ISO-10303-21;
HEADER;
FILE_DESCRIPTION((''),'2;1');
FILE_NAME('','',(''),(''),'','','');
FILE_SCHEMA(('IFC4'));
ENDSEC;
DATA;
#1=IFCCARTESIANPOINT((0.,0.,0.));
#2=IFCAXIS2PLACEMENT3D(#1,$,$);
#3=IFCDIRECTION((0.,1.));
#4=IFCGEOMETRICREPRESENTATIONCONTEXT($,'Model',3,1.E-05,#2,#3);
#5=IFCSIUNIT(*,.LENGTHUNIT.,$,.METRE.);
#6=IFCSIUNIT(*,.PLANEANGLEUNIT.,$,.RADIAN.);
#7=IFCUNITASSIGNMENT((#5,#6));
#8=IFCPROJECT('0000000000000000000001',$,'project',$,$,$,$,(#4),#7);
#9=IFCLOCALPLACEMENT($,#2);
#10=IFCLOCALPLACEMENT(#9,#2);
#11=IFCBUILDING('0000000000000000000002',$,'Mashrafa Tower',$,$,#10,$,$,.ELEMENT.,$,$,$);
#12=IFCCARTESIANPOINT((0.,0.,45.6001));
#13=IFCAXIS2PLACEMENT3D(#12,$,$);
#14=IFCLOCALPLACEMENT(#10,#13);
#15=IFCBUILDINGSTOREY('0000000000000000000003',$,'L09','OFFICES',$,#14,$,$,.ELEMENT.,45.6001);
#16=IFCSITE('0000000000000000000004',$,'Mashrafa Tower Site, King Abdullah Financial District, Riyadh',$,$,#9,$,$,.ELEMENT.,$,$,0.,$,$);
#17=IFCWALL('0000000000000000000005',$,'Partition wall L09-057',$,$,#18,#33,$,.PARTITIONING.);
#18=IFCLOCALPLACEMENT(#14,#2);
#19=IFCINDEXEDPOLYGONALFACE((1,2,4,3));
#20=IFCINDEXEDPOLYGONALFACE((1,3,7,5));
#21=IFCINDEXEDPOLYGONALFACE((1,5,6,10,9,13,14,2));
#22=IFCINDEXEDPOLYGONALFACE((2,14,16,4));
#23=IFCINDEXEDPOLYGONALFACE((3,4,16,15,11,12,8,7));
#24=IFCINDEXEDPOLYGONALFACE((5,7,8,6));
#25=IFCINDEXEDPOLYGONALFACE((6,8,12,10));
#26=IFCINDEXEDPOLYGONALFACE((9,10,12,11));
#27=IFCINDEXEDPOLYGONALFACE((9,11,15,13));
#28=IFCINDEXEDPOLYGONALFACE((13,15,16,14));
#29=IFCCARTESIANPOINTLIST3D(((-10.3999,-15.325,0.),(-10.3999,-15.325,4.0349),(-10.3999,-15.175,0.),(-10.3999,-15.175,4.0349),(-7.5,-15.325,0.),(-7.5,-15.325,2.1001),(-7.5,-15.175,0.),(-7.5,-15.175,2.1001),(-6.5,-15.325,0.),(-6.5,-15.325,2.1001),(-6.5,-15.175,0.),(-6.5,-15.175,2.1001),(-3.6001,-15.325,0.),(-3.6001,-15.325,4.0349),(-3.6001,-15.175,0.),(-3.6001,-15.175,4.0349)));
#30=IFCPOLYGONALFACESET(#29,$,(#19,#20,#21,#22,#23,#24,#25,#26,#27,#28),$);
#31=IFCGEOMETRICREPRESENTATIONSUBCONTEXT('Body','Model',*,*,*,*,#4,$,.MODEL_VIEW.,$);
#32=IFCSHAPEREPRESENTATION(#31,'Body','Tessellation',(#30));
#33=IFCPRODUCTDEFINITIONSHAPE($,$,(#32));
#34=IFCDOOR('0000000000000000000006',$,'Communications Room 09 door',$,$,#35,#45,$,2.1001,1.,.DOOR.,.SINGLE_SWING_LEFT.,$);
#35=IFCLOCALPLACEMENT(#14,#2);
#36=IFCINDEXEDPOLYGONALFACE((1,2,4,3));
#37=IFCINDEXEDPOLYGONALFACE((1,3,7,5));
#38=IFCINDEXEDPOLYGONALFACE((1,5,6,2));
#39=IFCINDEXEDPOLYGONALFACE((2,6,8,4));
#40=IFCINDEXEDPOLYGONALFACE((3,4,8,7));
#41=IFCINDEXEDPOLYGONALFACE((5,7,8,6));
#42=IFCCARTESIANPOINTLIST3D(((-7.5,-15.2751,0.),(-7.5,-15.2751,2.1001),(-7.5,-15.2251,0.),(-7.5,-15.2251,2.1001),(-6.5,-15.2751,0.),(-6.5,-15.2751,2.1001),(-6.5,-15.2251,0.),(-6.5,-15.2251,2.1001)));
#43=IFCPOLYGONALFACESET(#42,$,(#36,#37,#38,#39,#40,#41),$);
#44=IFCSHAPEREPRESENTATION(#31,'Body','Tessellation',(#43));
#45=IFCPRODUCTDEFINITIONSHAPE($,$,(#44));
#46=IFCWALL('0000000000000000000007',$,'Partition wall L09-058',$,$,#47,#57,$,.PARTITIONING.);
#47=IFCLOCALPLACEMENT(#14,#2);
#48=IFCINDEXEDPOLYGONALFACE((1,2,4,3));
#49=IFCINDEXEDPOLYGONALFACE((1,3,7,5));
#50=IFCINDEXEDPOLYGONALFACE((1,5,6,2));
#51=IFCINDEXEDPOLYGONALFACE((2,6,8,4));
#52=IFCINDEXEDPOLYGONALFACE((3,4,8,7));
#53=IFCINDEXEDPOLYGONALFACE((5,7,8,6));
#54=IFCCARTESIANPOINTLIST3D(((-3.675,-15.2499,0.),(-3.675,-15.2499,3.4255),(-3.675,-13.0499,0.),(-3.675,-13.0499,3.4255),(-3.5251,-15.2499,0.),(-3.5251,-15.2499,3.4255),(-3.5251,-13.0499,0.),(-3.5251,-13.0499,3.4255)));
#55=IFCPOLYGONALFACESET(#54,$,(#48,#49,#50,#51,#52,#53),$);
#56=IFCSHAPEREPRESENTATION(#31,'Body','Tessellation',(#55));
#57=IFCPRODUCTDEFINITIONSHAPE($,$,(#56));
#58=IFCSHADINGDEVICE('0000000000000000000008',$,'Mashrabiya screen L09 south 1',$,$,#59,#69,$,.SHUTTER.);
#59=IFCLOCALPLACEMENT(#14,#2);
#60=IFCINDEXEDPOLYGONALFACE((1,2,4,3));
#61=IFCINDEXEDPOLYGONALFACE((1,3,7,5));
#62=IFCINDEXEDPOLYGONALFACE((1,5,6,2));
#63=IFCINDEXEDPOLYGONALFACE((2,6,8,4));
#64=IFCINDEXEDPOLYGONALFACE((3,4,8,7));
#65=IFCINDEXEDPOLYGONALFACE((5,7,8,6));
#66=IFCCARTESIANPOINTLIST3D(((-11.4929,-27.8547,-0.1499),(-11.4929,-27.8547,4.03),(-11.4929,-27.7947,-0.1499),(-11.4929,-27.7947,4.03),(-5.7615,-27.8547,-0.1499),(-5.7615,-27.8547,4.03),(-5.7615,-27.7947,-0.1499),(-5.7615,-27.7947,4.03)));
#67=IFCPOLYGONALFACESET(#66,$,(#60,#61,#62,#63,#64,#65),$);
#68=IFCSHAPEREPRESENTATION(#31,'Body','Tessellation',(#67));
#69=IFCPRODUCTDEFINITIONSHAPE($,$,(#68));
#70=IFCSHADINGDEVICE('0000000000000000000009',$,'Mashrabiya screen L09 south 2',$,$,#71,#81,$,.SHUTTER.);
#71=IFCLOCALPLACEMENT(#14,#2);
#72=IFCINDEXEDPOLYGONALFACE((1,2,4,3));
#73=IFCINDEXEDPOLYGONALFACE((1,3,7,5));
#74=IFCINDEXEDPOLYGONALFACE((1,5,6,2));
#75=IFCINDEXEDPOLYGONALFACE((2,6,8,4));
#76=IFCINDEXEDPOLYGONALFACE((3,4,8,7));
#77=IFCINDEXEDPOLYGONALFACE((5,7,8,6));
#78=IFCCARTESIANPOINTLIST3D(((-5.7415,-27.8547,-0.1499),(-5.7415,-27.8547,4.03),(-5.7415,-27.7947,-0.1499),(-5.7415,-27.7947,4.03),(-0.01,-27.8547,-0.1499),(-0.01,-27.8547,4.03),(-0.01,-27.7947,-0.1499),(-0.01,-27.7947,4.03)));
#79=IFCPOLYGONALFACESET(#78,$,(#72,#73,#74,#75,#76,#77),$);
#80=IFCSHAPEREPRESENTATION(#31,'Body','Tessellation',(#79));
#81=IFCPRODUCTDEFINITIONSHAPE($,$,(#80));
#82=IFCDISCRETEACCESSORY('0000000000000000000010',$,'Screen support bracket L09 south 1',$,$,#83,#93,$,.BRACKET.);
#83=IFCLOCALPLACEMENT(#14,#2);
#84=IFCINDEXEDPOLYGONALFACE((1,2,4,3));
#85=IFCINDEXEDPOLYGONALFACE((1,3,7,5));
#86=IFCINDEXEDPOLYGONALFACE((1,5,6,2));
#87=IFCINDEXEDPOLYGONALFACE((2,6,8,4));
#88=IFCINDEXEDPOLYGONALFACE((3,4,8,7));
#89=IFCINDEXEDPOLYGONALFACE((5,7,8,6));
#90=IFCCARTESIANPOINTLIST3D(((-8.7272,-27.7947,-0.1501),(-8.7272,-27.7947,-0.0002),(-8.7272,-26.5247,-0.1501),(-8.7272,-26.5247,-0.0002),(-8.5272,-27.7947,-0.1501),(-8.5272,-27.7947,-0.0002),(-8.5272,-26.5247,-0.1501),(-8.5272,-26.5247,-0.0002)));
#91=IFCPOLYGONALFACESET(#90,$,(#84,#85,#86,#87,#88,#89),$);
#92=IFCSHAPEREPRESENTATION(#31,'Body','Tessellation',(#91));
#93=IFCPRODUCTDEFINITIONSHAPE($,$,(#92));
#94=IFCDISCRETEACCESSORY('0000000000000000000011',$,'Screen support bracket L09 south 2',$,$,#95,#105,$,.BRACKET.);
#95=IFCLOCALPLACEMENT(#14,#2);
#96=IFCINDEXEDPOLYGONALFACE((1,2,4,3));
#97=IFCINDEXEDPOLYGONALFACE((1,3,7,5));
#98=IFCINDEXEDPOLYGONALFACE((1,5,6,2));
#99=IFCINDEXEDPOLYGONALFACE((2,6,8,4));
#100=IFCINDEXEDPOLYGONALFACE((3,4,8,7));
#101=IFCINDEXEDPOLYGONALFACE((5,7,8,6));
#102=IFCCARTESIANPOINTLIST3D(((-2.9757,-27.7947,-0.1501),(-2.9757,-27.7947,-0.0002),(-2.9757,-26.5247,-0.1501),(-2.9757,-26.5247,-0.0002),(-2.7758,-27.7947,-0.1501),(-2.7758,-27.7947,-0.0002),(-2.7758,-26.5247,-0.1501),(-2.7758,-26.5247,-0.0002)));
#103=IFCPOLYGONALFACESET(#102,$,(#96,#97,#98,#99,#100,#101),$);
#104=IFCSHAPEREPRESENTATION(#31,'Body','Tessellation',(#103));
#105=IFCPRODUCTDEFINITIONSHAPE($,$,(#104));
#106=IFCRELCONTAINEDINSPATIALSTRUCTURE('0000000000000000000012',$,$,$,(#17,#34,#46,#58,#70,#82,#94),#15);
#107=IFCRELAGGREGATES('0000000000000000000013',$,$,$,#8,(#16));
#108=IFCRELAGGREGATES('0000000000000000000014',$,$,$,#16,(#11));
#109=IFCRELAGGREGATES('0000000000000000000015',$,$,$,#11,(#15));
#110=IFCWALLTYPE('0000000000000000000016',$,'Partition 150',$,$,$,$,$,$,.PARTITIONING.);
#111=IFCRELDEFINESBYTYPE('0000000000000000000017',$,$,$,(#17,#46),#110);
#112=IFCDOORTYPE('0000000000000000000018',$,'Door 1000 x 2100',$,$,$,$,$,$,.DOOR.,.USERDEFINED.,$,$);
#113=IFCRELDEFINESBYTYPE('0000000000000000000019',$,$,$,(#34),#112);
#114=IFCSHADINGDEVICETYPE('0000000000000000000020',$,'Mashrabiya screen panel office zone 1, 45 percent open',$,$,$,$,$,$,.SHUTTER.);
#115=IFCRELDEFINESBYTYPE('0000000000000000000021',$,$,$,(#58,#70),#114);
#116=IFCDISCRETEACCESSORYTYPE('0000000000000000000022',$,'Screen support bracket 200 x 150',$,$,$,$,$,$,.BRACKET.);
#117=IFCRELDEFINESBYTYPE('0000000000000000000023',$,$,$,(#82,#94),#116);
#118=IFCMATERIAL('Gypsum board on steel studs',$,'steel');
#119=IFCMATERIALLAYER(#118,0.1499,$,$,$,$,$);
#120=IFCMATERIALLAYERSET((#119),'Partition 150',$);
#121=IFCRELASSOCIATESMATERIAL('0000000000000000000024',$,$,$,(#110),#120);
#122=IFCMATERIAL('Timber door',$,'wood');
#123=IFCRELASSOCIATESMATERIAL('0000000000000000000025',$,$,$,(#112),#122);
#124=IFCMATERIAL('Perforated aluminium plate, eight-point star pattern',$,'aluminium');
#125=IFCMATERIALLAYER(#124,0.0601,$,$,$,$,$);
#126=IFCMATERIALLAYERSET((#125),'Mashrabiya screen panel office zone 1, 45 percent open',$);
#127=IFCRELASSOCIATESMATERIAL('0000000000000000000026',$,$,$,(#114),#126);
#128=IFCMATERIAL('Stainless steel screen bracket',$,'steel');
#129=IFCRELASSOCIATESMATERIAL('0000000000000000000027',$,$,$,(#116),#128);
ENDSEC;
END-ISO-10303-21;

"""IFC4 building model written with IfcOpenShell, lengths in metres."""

from ifc_helpers import new_model, si_unit, direction, frame, frame_2d, origin, origin_2d, place, context, subcontext, project, spatial, rectangle, extrude, source, transform, mapped, material, layer, layer_set, type_object, type_shapes, element, fill, save


model = new_model("IFC4")

# Units and contexts
model_context = context("Model", 3, precision=1e-05, world=origin(), true_north=direction((0.0, 1.0)))
body_context = subcontext(model_context, "Body", "Model", "MODEL_VIEW")
ifc_project = project(units=[si_unit("LENGTHUNIT", "METRE"), si_unit("PLANEANGLEUNIT", "RADIAN")], contexts=[model_context])

# Site, building, storey
site_placement = place(None, origin())
site = spatial("IfcSite", under=ifc_project, at=site_placement, Name="Mashrafa Tower Site, King Abdullah Financial District, Riyadh", CompositionType="ELEMENT", RefElevation=0.0)
building_placement = place(site_placement, origin())
building = spatial("IfcBuilding", under=site, at=building_placement, Name="Mashrafa Tower", CompositionType="ELEMENT")
storey_placement = place(building_placement, frame((0.0, 0.0, 45.6001)))
storey = spatial("IfcBuildingStorey", under=building, at=storey_placement, Name="L09", Description="OFFICES", CompositionType="ELEMENT", Elevation=45.6001)

# Shared definitions
ifc_material_1 = material(Name="Gypsum board on steel studs", Category="steel")
ifc_layer_1 = layer(ifc_material_1, 0.1499)
ifc_layer_set_1 = layer_set([ifc_layer_1], Name="Partition 150")
wall_type_1 = type_object("IfcWallType", Name="Partition 150", PredefinedType="PARTITIONING", material=ifc_layer_set_1)

# Wall, opening, door
wall_1_placement = place(storey_placement, frame((-10.3999, -15.25, 0.0), z_axis=(0.0, 0.0, 1.0), x_axis=(1.0, 0.0, 0.0)))
wall_1 = element("IfcWall", 1, at=wall_1_placement, inside=storey, type_object=wall_type_1, Name="Partition wall L09-057", PredefinedType="PARTITIONING", context=body_context, shape_type="SweptSolid", body=[
    extrude(rectangle(XDim=6.7998, YDim=0.1499, at=frame_2d((3.3999, 0.0))), origin(), (0.0, 0.0, 1.0), 4.0349),
])
opening_1_placement = place(wall_1_placement, frame((2.8999, 0.0, 0.0)))
opening_1 = element("IfcOpeningElement", 2, at=opening_1_placement, cuts=wall_1, PredefinedType="OPENING", context=body_context, shape_type="SweptSolid", body=[
    extrude(rectangle(XDim=1.0, YDim=2.1001, at=frame_2d((0.5, 1.05))), frame((0.0, 0.085, 0.0), z_axis=(0.0, -1.0, 0.0), x_axis=(1.0, 0.0, 0.0)), (0.0, 0.0, 1.0), 0.1699),
])
ifc_material_2 = material(Name="Timber door", Category="wood")
door_type_1 = type_object("IfcDoorType", Name="Door 1000 x 2100", OperationType="USERDEFINED", PredefinedType="DOOR", material=ifc_material_2)
door_1_placement = place(opening_1_placement, origin())
door_1 = element("IfcDoor", 3, at=door_1_placement, inside=storey, type_object=door_type_1, Name="Communications Room 09 door", OperationType="SINGLE_SWING_LEFT", OverallHeight=2.1001, OverallWidth=1.0, PredefinedType="DOOR", context=body_context, shape_type="SweptSolid", body=[
    extrude(rectangle(XDim=1.0, YDim=2.1001, at=frame_2d((0.5, 1.05))), frame((0.0, 0.0249, 0.0), z_axis=(0.0, -1.0, 0.0), x_axis=(1.0, 0.0, 0.0)), (0.0, 0.0, 1.0), 0.05),
])
fill(opening_1, door_1)

# Wall
wall_2_placement = place(storey_placement, frame((-3.6001, -15.25, 0.0), z_axis=(0.0, 0.0, 1.0), x_axis=(0.0, 1.0, 0.0)))
element("IfcWall", 4, at=wall_2_placement, inside=storey, type_object=wall_type_1, Name="Partition wall L09-058", PredefinedType="PARTITIONING", context=body_context, shape_type="SweptSolid", body=[
    extrude(rectangle(XDim=2.2, YDim=0.1499, at=frame_2d((1.1001, 0.0))), origin(), (0.0, 0.0, 1.0), 3.4255),
])

# Shading devices
ifc_material_3 = material(Name="Perforated aluminium plate, eight-point star pattern", Category="aluminium")
ifc_layer_2 = layer(ifc_material_3, 0.0601)
ifc_layer_set_2 = layer_set([ifc_layer_2], Name="Mashrabiya screen panel office zone 1, 45 percent open")
shading_device_type = type_object("IfcShadingDeviceType", Name="Mashrabiya screen panel office zone 1, 45 percent open", PredefinedType="SHUTTER", material=ifc_layer_set_2)
shared_shape_1 = source(origin(), body_context, "Body", "SweptSolid", [
    extrude(rectangle(XDim=5.7314, YDim=0.0601, at=origin_2d()), origin(), (0.0, 0.0, 1.0), 4.1799),
])
type_shapes(shading_device_type, [shared_shape_1])
for number, where, z_axis, x_axis, name in (
    (5, (-8.6272, -27.8247, -0.1499), (0.0, 0.0, 1.0), (1.0, 0.0, 0.0), "Mashrabiya screen L09 south 1"),
    (6, (-2.8757, -27.8247, -0.1499), (0.0, 0.0, 1.0), (1.0, 0.0, 0.0), "Mashrabiya screen L09 south 2"),
):
    element("IfcShadingDevice", number, at=place(storey_placement, frame(where, z_axis=z_axis, x_axis=x_axis)), inside=storey, type_object=shading_device_type, Name=name, PredefinedType="SHUTTER", context=body_context, shape_type="MappedRepresentation", body=[
        mapped(shared_shape_1, transform((0.0, 0.0, 0.0))),
    ])

# Discrete accessories
ifc_material_4 = material(Name="Stainless steel screen bracket", Category="steel")
discrete_accessory_type = type_object("IfcDiscreteAccessoryType", Name="Screen support bracket 200 x 150", PredefinedType="BRACKET", material=ifc_material_4)
shared_shape_2 = source(origin(), body_context, "Body", "SweptSolid", [
    extrude(rectangle(XDim=0.2, YDim=1.27, at=origin_2d()), origin(), (0.0, 0.0, 1.0), 0.1499),
])
type_shapes(discrete_accessory_type, [shared_shape_2])
for number, where, z_axis, x_axis, name in (
    (7, (-8.6272, -27.1597, -0.1501), (0.0, 0.0, 1.0), (1.0, 0.0, 0.0), "Screen support bracket L09 south 1"),
    (8, (-2.8757, -27.1597, -0.1501), (0.0, 0.0, 1.0), (1.0, 0.0, 0.0), "Screen support bracket L09 south 2"),
):
    element("IfcDiscreteAccessory", number, at=place(storey_placement, frame(where, z_axis=z_axis, x_axis=x_axis)), inside=storey, type_object=discrete_accessory_type, Name=name, PredefinedType="BRACKET", context=body_context, shape_type="MappedRepresentation", body=[
        mapped(shared_shape_2, transform((0.0, 0.0, 0.0))),
    ])

save(model, "model.ifc")
